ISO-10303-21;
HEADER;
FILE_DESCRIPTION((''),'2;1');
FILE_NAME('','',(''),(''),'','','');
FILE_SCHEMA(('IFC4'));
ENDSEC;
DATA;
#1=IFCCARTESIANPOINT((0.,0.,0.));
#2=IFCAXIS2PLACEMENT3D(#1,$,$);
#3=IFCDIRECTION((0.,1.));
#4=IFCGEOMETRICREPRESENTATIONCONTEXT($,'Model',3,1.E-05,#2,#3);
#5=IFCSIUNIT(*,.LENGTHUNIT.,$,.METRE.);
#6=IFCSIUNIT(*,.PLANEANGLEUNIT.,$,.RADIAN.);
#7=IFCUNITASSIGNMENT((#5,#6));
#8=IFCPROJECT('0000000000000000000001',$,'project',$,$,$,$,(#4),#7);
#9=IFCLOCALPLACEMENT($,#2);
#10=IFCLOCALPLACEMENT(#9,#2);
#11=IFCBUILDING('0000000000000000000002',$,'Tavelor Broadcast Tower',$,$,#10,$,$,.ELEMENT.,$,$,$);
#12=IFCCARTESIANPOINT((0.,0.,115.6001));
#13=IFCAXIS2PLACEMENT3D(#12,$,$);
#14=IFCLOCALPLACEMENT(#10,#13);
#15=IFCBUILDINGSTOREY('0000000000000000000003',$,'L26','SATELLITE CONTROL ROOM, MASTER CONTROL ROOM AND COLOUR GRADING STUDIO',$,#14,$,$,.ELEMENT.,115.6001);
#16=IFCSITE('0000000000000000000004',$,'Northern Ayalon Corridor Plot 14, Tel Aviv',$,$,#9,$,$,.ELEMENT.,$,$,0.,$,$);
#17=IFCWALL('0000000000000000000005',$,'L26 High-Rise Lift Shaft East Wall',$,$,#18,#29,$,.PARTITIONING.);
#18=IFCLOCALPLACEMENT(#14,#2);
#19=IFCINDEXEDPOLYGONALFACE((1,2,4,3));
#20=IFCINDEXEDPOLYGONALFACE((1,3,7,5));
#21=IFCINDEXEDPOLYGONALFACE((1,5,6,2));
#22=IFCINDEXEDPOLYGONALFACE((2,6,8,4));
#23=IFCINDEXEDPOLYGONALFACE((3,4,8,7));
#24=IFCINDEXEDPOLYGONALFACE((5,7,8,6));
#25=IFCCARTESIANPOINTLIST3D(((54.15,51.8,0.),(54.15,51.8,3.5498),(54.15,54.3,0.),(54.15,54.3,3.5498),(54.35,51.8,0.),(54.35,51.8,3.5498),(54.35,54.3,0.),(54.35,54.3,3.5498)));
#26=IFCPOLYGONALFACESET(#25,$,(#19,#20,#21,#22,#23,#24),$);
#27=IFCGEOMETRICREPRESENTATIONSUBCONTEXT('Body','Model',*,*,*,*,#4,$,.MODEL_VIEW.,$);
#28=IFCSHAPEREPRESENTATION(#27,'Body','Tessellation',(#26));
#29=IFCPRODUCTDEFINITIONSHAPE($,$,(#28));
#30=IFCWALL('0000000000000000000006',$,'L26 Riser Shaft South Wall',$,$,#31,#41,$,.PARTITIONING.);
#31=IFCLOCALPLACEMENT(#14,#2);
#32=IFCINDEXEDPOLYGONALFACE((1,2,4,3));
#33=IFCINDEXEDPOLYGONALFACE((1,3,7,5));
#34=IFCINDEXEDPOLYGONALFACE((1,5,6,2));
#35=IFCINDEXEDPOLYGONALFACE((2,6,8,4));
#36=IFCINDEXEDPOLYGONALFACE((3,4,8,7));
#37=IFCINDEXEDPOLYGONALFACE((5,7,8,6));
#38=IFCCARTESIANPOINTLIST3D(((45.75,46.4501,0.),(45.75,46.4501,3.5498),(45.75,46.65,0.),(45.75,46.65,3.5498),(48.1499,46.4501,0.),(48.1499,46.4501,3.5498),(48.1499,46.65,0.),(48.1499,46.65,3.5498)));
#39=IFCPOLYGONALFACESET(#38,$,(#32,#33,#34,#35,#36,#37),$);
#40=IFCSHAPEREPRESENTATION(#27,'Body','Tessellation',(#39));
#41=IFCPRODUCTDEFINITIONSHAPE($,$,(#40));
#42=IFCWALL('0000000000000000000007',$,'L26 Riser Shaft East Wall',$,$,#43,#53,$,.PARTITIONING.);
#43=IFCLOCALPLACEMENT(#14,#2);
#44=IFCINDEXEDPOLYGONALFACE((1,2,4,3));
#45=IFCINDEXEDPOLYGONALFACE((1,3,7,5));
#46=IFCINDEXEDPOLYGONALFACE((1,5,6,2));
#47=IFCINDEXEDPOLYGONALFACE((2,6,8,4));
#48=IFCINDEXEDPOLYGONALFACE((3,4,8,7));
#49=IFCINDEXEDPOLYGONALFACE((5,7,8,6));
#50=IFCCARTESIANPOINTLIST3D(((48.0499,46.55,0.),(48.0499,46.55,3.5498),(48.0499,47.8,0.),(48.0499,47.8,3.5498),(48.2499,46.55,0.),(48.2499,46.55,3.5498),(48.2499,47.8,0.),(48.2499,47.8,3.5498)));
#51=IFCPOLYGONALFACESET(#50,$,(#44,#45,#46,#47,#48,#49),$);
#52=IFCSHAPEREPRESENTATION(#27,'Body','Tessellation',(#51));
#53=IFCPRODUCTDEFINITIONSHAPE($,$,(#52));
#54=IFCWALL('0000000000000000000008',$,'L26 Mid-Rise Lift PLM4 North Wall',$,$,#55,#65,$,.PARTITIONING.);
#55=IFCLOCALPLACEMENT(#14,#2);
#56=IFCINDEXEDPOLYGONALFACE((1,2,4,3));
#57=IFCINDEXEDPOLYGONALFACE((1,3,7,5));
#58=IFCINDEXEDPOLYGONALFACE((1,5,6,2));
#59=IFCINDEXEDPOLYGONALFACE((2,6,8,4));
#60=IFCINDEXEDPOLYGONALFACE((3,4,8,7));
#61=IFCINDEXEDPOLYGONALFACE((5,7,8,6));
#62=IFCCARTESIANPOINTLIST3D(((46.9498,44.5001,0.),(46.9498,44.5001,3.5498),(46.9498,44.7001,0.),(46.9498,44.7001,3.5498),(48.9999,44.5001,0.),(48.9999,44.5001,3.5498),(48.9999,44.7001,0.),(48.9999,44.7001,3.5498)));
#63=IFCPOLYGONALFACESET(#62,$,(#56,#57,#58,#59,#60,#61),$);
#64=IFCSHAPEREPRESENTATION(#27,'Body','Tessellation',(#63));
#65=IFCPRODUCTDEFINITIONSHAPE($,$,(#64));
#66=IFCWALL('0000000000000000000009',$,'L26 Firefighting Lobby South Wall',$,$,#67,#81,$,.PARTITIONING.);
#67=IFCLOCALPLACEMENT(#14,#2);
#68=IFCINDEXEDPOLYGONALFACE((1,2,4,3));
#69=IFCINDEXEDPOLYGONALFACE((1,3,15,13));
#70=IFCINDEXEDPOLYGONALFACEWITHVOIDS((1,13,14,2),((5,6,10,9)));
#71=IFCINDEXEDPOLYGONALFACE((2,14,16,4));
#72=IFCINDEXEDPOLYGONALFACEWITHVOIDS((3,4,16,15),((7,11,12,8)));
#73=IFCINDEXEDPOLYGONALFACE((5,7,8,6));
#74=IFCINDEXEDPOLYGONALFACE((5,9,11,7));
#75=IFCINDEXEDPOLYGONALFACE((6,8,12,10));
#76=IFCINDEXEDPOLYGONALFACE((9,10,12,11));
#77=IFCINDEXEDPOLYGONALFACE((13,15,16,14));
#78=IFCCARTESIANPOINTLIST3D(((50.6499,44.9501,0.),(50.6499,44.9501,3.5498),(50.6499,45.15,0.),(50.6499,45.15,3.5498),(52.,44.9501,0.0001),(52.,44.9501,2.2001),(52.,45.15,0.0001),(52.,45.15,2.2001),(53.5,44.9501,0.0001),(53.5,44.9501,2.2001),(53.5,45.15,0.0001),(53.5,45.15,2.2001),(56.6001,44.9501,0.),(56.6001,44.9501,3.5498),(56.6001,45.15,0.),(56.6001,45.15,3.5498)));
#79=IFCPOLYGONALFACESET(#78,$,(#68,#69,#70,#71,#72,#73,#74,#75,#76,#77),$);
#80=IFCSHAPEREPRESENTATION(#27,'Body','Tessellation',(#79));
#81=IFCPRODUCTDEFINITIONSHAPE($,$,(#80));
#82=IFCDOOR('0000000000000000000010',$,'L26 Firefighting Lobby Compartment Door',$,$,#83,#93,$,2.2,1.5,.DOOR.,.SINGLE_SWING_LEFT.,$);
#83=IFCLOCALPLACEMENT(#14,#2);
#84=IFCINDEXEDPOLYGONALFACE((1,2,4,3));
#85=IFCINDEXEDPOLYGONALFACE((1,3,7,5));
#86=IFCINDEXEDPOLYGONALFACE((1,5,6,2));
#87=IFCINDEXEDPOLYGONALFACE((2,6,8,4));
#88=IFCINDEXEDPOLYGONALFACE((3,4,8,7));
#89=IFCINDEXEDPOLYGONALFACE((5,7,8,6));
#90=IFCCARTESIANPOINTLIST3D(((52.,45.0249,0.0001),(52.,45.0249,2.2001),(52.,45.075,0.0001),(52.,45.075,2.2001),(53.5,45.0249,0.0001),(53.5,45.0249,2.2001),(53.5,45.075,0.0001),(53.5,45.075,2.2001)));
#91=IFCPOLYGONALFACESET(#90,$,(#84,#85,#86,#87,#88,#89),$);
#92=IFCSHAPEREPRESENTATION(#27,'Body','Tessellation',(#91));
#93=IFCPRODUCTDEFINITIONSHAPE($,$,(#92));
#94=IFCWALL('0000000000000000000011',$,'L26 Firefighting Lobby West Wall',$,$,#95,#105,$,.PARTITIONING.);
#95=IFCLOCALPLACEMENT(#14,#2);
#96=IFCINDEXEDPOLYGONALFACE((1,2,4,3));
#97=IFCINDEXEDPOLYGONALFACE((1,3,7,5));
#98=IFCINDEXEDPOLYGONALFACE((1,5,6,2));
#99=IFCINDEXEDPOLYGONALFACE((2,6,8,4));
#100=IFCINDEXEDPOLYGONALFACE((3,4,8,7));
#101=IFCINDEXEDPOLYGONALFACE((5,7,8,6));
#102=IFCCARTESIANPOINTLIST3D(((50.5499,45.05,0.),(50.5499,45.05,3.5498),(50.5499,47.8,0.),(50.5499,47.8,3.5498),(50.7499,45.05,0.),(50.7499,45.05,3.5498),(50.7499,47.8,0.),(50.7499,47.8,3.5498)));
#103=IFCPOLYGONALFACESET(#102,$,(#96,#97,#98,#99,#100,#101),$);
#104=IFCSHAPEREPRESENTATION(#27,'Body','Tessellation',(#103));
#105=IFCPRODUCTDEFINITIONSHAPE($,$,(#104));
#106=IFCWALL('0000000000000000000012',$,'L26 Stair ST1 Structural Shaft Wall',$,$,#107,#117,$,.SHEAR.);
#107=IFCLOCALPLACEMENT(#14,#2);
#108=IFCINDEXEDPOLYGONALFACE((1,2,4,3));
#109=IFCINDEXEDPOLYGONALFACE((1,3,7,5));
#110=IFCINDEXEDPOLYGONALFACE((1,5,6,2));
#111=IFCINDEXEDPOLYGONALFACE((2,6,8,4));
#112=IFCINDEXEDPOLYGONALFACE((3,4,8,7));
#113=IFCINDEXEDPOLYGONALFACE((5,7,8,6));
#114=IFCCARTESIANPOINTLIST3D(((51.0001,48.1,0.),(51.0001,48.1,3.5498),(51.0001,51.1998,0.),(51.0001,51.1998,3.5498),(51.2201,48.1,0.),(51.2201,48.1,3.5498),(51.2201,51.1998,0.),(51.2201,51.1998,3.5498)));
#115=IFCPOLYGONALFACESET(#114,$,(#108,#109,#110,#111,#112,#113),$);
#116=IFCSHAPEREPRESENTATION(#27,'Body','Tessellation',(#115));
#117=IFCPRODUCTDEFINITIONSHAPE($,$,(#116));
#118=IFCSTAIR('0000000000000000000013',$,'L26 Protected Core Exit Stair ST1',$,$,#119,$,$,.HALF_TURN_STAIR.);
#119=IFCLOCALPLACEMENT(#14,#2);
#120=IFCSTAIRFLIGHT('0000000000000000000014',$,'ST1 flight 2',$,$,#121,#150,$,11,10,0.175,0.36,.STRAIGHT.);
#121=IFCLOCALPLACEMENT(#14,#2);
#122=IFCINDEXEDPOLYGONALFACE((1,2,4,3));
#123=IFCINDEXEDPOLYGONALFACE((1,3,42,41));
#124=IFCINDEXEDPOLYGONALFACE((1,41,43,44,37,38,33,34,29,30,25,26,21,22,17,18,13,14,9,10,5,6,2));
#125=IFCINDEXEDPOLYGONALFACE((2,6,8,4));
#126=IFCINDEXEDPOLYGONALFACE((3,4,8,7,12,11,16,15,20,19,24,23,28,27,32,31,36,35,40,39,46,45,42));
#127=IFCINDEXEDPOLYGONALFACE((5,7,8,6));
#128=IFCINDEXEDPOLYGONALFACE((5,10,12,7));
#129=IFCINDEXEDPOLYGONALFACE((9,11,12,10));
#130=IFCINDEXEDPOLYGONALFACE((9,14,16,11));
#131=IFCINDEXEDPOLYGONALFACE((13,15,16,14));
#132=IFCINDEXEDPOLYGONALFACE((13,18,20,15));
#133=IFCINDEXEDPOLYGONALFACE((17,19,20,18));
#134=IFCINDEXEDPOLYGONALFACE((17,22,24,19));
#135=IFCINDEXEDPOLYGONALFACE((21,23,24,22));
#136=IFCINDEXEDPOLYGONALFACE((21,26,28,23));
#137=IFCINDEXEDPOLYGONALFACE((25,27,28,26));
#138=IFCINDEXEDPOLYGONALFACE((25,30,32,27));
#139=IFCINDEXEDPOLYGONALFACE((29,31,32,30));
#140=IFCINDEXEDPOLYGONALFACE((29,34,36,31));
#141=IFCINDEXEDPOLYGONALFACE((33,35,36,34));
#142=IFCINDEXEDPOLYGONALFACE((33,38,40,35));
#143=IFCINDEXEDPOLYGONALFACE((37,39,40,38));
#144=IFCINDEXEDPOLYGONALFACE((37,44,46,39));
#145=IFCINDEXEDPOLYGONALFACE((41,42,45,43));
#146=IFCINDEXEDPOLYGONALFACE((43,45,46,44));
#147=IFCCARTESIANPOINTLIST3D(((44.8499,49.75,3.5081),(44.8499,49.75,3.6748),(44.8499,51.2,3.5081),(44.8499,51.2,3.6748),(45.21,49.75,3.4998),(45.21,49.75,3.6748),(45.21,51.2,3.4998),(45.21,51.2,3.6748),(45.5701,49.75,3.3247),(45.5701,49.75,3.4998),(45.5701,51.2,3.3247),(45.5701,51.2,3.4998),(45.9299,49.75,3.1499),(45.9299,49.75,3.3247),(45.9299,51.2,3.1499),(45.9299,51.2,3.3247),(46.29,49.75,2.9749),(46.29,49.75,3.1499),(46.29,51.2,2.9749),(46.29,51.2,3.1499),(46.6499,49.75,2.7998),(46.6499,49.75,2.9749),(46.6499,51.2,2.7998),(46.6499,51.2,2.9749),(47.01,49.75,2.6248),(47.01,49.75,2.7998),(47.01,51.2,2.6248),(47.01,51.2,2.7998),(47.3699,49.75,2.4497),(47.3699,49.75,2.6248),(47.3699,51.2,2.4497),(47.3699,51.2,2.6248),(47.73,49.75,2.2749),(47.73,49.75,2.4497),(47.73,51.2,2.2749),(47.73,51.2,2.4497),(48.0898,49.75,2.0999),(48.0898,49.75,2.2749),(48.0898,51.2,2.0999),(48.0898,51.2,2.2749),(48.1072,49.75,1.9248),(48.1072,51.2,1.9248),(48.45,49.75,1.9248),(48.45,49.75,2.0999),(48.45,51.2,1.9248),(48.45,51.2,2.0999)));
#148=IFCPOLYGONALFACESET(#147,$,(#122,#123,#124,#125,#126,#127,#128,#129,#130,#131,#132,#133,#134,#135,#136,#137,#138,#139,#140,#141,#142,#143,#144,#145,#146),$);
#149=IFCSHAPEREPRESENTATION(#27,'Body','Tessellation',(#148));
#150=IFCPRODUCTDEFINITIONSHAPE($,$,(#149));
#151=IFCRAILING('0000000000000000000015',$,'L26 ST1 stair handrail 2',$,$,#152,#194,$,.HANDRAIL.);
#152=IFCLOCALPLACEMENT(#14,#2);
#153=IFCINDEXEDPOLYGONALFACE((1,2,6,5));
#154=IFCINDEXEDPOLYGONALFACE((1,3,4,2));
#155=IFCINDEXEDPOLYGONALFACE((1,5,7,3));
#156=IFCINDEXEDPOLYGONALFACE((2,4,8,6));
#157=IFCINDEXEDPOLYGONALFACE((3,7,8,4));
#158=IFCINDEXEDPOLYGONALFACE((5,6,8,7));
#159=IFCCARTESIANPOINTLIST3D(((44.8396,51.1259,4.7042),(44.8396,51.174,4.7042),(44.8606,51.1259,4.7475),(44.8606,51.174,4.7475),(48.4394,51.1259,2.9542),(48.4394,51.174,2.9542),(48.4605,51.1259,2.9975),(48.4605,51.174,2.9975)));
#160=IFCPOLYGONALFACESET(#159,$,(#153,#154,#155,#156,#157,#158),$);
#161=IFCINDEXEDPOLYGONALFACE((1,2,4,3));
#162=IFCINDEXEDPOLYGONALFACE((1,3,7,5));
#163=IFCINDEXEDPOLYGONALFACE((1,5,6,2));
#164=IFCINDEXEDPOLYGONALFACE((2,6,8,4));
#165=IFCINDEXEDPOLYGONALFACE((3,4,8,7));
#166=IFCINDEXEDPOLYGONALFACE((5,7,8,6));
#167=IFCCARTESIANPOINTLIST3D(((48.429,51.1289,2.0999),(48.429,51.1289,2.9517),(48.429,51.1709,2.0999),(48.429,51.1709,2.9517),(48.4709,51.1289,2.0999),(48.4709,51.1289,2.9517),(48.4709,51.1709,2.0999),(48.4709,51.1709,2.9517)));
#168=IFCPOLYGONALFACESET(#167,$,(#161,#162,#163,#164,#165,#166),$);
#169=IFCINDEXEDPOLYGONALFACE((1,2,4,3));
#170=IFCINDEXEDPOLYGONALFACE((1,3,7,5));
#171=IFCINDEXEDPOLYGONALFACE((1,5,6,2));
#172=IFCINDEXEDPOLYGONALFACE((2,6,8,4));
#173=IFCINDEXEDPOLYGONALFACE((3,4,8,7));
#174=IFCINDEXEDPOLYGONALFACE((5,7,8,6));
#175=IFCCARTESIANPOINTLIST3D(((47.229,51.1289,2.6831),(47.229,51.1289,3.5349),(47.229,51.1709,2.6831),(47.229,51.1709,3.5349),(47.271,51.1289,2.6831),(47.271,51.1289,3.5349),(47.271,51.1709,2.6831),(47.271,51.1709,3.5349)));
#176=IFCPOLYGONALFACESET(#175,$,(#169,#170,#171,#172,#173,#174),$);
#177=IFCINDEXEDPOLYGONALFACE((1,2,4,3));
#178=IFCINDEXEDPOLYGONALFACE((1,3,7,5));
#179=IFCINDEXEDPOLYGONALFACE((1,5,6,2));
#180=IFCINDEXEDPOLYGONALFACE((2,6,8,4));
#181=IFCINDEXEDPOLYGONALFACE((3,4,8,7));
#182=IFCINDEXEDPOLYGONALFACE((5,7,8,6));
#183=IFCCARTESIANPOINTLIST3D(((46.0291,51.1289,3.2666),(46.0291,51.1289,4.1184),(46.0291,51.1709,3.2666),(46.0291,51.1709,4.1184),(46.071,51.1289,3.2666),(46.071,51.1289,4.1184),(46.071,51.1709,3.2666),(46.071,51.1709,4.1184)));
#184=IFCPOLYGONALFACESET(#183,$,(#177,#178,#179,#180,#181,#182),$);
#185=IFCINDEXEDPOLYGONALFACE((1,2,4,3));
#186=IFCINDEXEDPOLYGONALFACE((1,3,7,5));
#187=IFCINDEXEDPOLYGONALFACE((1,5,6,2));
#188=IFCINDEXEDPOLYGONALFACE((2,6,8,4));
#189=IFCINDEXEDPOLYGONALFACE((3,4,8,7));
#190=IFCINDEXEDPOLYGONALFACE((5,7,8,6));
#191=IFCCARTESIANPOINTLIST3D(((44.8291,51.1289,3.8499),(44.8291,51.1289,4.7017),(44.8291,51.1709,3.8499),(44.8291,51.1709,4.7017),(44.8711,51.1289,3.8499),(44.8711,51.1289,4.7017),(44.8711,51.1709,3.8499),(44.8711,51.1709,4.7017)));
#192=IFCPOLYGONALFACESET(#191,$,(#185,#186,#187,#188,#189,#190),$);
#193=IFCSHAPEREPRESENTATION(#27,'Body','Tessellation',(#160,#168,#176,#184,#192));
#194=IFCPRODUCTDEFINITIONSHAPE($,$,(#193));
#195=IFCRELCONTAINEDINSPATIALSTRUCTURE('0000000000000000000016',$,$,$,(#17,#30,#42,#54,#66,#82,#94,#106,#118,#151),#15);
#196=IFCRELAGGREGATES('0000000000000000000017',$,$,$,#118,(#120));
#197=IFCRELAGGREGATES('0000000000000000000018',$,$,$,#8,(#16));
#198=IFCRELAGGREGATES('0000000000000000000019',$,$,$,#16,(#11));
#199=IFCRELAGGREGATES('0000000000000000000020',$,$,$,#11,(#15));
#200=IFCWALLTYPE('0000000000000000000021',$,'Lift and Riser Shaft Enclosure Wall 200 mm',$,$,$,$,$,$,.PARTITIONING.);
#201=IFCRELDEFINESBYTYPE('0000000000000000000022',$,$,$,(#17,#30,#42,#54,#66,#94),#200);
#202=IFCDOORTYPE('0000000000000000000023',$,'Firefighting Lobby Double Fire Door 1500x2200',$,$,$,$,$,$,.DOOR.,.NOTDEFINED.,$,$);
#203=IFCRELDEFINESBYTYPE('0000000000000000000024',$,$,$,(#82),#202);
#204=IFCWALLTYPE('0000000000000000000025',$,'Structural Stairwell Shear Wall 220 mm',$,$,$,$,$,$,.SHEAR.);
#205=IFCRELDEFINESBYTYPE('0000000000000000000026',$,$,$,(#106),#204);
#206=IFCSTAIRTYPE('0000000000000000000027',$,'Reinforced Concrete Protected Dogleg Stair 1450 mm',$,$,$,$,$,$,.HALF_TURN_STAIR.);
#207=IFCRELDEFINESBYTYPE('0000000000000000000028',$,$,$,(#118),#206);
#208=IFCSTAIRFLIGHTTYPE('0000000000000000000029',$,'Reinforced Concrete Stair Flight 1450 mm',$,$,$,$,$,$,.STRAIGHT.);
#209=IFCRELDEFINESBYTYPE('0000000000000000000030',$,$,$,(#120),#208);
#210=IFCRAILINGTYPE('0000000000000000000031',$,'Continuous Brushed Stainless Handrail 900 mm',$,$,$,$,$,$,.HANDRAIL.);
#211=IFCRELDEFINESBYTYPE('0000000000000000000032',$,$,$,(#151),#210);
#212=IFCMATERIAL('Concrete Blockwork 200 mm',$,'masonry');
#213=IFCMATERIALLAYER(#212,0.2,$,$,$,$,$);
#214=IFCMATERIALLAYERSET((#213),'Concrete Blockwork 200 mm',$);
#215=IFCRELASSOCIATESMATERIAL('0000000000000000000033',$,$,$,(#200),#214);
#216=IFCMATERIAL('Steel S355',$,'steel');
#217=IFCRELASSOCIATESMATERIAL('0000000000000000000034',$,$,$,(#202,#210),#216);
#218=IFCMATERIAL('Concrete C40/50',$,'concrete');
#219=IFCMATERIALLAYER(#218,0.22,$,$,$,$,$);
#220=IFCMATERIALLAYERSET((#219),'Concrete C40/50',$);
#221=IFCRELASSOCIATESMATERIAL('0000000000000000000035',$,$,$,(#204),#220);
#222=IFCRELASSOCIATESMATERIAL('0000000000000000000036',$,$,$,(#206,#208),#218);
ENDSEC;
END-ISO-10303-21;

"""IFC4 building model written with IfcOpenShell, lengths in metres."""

from ifc_helpers import new_model, si_unit, direction, frame, frame_2d, origin, origin_2d, place, context, subcontext, project, spatial, polyline, rectangle, outline, extrude, material, layer, layer_set, type_object, element, fill, aggregate, save


model = new_model("IFC4")

# Units and contexts
model_context = context("Model", 3, precision=1e-05, world=origin(), true_north=direction((0.0, 1.0)))
body_context = subcontext(model_context, "Body", "Model", "MODEL_VIEW")
ifc_project = project(units=[si_unit("LENGTHUNIT", "METRE"), si_unit("PLANEANGLEUNIT", "RADIAN")], contexts=[model_context])

# Site, building, storey
site_placement = place(None, origin())
site = spatial("IfcSite", under=ifc_project, at=site_placement, Name="Northern Ayalon Corridor Plot 14, Tel Aviv", CompositionType="ELEMENT", RefElevation=0.0)
building_placement = place(site_placement, origin())
building = spatial("IfcBuilding", under=site, at=building_placement, Name="Tavelor Broadcast Tower", CompositionType="ELEMENT")
storey_placement = place(building_placement, frame((0.0, 0.0, 115.6001)))
storey = spatial("IfcBuildingStorey", under=building, at=storey_placement, Name="L26", Description="SATELLITE CONTROL ROOM, MASTER CONTROL ROOM AND COLOUR GRADING STUDIO", CompositionType="ELEMENT", Elevation=115.6001)

# Shared definitions
ifc_material_1 = material(Name="Concrete C40/50", Category="concrete")
ifc_material_2 = material(Name="Steel S355", Category="steel")

# Walls
ifc_material_3 = material(Name="Concrete Blockwork 200 mm", Category="masonry")
ifc_layer_1 = layer(ifc_material_3, 0.2)
ifc_layer_set_1 = layer_set([ifc_layer_1], Name="Concrete Blockwork 200 mm")
wall_type_1 = type_object("IfcWallType", Name="Lift and Riser Shaft Enclosure Wall 200 mm", PredefinedType="PARTITIONING", material=ifc_layer_set_1)
wall_1_placement = place(storey_placement, frame((54.25, 51.8, 0.0), z_axis=(0.0, 0.0, 1.0), x_axis=(0.0, 1.0, 0.0)))
element("IfcWall", 1, at=wall_1_placement, inside=storey, type_object=wall_type_1, Name="L26 High-Rise Lift Shaft East Wall", PredefinedType="PARTITIONING", context=body_context, shape_type="SweptSolid", body=[
    extrude(rectangle(XDim=2.5, YDim=0.2, at=frame_2d((1.25, 0.0))), origin(), (0.0, 0.0, 1.0), 3.5498),
])
wall_2_placement = place(storey_placement, frame((45.75, 46.55, 0.0), z_axis=(0.0, 0.0, 1.0), x_axis=(1.0, 0.0, 0.0)))
element("IfcWall", 2, at=wall_2_placement, inside=storey, type_object=wall_type_1, Name="L26 Riser Shaft South Wall", PredefinedType="PARTITIONING", context=body_context, shape_type="SweptSolid", body=[
    extrude(rectangle(XDim=2.3999, YDim=0.2, at=frame_2d((1.2, 0.0))), origin(), (0.0, 0.0, 1.0), 3.5498),
])
wall_3_placement = place(storey_placement, frame((48.1499, 46.55, 0.0), z_axis=(0.0, 0.0, 1.0), x_axis=(0.0, 1.0, 0.0)))
element("IfcWall", 3, at=wall_3_placement, inside=storey, type_object=wall_type_1, Name="L26 Riser Shaft East Wall", PredefinedType="PARTITIONING", context=body_context, shape_type="SweptSolid", body=[
    extrude(rectangle(XDim=1.25, YDim=0.2, at=frame_2d((0.625, 0.0))), origin(), (0.0, 0.0, 1.0), 3.5498),
])
wall_4_placement = place(storey_placement, frame((46.95, 44.6001, 0.0), z_axis=(0.0, 0.0, 1.0), x_axis=(1.0, 0.0, 0.0)))
element("IfcWall", 4, at=wall_4_placement, inside=storey, type_object=wall_type_1, Name="L26 Mid-Rise Lift PLM4 North Wall", PredefinedType="PARTITIONING", context=body_context, shape_type="SweptSolid", body=[
    extrude(rectangle(XDim=2.05, YDim=0.2, at=frame_2d((1.0249, 0.0))), origin(), (0.0, 0.0, 1.0), 3.5498),
])

# Wall, opening, door
wall_5_placement = place(storey_placement, frame((50.6499, 45.05, 0.0), z_axis=(0.0, 0.0, 1.0), x_axis=(1.0, 0.0, 0.0)))
wall_5 = element("IfcWall", 5, at=wall_5_placement, inside=storey, type_object=wall_type_1, Name="L26 Firefighting Lobby South Wall", PredefinedType="PARTITIONING", context=body_context, shape_type="SweptSolid", body=[
    extrude(rectangle(XDim=5.9502, YDim=0.2, at=frame_2d((2.9751, 0.0))), origin(), (0.0, 0.0, 1.0), 3.5498),
])
opening_placement = place(wall_5_placement, frame((1.3501, 0.0, 0.0)))
opening = element("IfcOpeningElement", 6, at=opening_placement, cuts=wall_5, PredefinedType="OPENING", context=body_context, shape_type="SweptSolid", body=[
    extrude(rectangle(XDim=1.5, YDim=2.2, at=frame_2d((0.75, 1.1001))), frame((0.0, 0.1099, 0.0), z_axis=(0.0, -1.0, 0.0), x_axis=(1.0, 0.0, 0.0)), (0.0, 0.0, 1.0), 0.22),
])
door_type = type_object("IfcDoorType", Name="Firefighting Lobby Double Fire Door 1500x2200", OperationType="NOTDEFINED", PredefinedType="DOOR", material=ifc_material_2)
door_placement = place(opening_placement, origin())
door = element("IfcDoor", 7, at=door_placement, inside=storey, type_object=door_type, Name="L26 Firefighting Lobby Compartment Door", OperationType="SINGLE_SWING_LEFT", OverallHeight=2.2, OverallWidth=1.5, PredefinedType="DOOR", context=body_context, shape_type="SweptSolid", body=[
    extrude(rectangle(XDim=1.5, YDim=2.2, at=frame_2d((0.75, 1.1001))), frame((0.0, 0.0249, 0.0), z_axis=(0.0, -1.0, 0.0), x_axis=(1.0, 0.0, 0.0)), (0.0, 0.0, 1.0), 0.05),
])
fill(opening, door)

# Walls
wall_6_placement = place(storey_placement, frame((50.6499, 45.05, 0.0), z_axis=(0.0, 0.0, 1.0), x_axis=(0.0, 1.0, 0.0)))
element("IfcWall", 8, at=wall_6_placement, inside=storey, type_object=wall_type_1, Name="L26 Firefighting Lobby West Wall", PredefinedType="PARTITIONING", context=body_context, shape_type="SweptSolid", body=[
    extrude(rectangle(XDim=2.75, YDim=0.2, at=frame_2d((1.375, 0.0))), origin(), (0.0, 0.0, 1.0), 3.5498),
])
ifc_layer_2 = layer(ifc_material_1, 0.22)
ifc_layer_set_2 = layer_set([ifc_layer_2], Name="Concrete C40/50")
wall_type_2 = type_object("IfcWallType", Name="Structural Stairwell Shear Wall 220 mm", PredefinedType="SHEAR", material=ifc_layer_set_2)
wall_7_placement = place(storey_placement, frame((51.1101, 48.1001, 0.0), z_axis=(0.0, 0.0, 1.0), x_axis=(0.0, 1.0, 0.0)))
element("IfcWall", 9, at=wall_7_placement, inside=storey, type_object=wall_type_2, Name="L26 Stair ST1 Structural Shaft Wall", PredefinedType="SHEAR", context=body_context, shape_type="SweptSolid", body=[
    extrude(rectangle(XDim=3.0999, YDim=0.22, at=frame_2d((1.5498, 0.0))), origin(), (0.0, 0.0, 1.0), 3.5498),
])

# Stair, stair flight
stair_type = type_object("IfcStairType", Name="Reinforced Concrete Protected Dogleg Stair 1450 mm", PredefinedType="HALF_TURN_STAIR", material=ifc_material_1)
stair_placement = place(storey_placement, origin())
stair = element("IfcStair", 10, at=stair_placement, inside=storey, type_object=stair_type, Name="L26 Protected Core Exit Stair ST1", PredefinedType="HALF_TURN_STAIR")
stair_flight_type = type_object("IfcStairFlightType", Name="Reinforced Concrete Stair Flight 1450 mm", PredefinedType="STRAIGHT", material=ifc_material_1)
stair_flight_placement = place(storey_placement, frame((48.45, 50.4751, 1.9248), z_axis=(0.0, 0.0, 1.0), x_axis=(-1.0, 0.0, 0.0)))
stair_flight = element("IfcStairFlight", 11, at=stair_flight_placement, type_object=stair_flight_type, Name="ST1 flight 2", NumberOfRisers=11, NumberOfTreads=10, PredefinedType="STRAIGHT", RiserHeight=0.175, TreadLength=0.36, context=body_context, shape_type="SweptSolid", body=[
    extrude(outline(polyline([(0.0, 0.0), (0.0, 0.175), (0.3601, 0.175), (0.3601, 0.3501), (0.72, 0.3501), (0.72, 0.5249), (1.0801, 0.5249), (1.0801, 0.7), (1.4399, 0.7), (1.4399, 0.875), (1.8, 0.875), (1.8, 1.05), (2.1599, 1.05), (2.1599, 1.2251), (2.52, 1.2251), (2.52, 1.3999), (2.8799, 1.3999), (2.8799, 1.575), (3.24, 1.575), (3.24, 1.75), (3.6001, 1.75), (3.6001, 1.925), (3.6001, 1.5833), (0.3428, 0.0), (0.0, 0.0)])), frame((0.0, 0.7251, 0.0), z_axis=(0.0, -1.0, 0.0), x_axis=(1.0, 0.0, 0.0)), (0.0, 0.0, 1.0), 1.45),
])
aggregate(stair, [stair_flight])

# Railing
railing_type_1 = type_object("IfcRailingType", Name="Continuous Brushed Stainless Handrail 900 mm", PredefinedType="HANDRAIL", material=ifc_material_2)
railing_1_placement = place(storey_placement, frame((48.45, 51.1499, 2.0999)))
element("IfcRailing", 12, at=railing_1_placement, inside=storey, type_object=railing_type_1, Name="L26 ST1 stair handrail 2", PredefinedType="HANDRAIL", context=body_context, shape_type="SweptSolid", body=[
    extrude(rectangle(XDim=0.0481, YDim=0.0481, at=origin_2d()), frame((0.0, 0.0, 0.876), z_axis=(-0.899361, 0.0, 0.437207), x_axis=(0.0, -1.0, 0.0)), (0.0, 0.0, 1.0), 4.0027),
    extrude(rectangle(XDim=0.042, YDim=0.042, at=origin_2d()), origin(), (0.0, 0.0, 1.0), 0.8518),
    extrude(rectangle(XDim=0.042, YDim=0.042, at=origin_2d()), frame((-1.2, 0.0, 0.5833)), (0.0, 0.0, 1.0), 0.8518),
    extrude(rectangle(XDim=0.042, YDim=0.042, at=origin_2d()), frame((-2.3999, 0.0, 1.1667)), (0.0, 0.0, 1.0), 0.8518),
    extrude(rectangle(XDim=0.042, YDim=0.042, at=origin_2d()), frame((-3.5999, 0.0, 1.75)), (0.0, 0.0, 1.0), 0.8518),
])

save(model, "model.ifc")
